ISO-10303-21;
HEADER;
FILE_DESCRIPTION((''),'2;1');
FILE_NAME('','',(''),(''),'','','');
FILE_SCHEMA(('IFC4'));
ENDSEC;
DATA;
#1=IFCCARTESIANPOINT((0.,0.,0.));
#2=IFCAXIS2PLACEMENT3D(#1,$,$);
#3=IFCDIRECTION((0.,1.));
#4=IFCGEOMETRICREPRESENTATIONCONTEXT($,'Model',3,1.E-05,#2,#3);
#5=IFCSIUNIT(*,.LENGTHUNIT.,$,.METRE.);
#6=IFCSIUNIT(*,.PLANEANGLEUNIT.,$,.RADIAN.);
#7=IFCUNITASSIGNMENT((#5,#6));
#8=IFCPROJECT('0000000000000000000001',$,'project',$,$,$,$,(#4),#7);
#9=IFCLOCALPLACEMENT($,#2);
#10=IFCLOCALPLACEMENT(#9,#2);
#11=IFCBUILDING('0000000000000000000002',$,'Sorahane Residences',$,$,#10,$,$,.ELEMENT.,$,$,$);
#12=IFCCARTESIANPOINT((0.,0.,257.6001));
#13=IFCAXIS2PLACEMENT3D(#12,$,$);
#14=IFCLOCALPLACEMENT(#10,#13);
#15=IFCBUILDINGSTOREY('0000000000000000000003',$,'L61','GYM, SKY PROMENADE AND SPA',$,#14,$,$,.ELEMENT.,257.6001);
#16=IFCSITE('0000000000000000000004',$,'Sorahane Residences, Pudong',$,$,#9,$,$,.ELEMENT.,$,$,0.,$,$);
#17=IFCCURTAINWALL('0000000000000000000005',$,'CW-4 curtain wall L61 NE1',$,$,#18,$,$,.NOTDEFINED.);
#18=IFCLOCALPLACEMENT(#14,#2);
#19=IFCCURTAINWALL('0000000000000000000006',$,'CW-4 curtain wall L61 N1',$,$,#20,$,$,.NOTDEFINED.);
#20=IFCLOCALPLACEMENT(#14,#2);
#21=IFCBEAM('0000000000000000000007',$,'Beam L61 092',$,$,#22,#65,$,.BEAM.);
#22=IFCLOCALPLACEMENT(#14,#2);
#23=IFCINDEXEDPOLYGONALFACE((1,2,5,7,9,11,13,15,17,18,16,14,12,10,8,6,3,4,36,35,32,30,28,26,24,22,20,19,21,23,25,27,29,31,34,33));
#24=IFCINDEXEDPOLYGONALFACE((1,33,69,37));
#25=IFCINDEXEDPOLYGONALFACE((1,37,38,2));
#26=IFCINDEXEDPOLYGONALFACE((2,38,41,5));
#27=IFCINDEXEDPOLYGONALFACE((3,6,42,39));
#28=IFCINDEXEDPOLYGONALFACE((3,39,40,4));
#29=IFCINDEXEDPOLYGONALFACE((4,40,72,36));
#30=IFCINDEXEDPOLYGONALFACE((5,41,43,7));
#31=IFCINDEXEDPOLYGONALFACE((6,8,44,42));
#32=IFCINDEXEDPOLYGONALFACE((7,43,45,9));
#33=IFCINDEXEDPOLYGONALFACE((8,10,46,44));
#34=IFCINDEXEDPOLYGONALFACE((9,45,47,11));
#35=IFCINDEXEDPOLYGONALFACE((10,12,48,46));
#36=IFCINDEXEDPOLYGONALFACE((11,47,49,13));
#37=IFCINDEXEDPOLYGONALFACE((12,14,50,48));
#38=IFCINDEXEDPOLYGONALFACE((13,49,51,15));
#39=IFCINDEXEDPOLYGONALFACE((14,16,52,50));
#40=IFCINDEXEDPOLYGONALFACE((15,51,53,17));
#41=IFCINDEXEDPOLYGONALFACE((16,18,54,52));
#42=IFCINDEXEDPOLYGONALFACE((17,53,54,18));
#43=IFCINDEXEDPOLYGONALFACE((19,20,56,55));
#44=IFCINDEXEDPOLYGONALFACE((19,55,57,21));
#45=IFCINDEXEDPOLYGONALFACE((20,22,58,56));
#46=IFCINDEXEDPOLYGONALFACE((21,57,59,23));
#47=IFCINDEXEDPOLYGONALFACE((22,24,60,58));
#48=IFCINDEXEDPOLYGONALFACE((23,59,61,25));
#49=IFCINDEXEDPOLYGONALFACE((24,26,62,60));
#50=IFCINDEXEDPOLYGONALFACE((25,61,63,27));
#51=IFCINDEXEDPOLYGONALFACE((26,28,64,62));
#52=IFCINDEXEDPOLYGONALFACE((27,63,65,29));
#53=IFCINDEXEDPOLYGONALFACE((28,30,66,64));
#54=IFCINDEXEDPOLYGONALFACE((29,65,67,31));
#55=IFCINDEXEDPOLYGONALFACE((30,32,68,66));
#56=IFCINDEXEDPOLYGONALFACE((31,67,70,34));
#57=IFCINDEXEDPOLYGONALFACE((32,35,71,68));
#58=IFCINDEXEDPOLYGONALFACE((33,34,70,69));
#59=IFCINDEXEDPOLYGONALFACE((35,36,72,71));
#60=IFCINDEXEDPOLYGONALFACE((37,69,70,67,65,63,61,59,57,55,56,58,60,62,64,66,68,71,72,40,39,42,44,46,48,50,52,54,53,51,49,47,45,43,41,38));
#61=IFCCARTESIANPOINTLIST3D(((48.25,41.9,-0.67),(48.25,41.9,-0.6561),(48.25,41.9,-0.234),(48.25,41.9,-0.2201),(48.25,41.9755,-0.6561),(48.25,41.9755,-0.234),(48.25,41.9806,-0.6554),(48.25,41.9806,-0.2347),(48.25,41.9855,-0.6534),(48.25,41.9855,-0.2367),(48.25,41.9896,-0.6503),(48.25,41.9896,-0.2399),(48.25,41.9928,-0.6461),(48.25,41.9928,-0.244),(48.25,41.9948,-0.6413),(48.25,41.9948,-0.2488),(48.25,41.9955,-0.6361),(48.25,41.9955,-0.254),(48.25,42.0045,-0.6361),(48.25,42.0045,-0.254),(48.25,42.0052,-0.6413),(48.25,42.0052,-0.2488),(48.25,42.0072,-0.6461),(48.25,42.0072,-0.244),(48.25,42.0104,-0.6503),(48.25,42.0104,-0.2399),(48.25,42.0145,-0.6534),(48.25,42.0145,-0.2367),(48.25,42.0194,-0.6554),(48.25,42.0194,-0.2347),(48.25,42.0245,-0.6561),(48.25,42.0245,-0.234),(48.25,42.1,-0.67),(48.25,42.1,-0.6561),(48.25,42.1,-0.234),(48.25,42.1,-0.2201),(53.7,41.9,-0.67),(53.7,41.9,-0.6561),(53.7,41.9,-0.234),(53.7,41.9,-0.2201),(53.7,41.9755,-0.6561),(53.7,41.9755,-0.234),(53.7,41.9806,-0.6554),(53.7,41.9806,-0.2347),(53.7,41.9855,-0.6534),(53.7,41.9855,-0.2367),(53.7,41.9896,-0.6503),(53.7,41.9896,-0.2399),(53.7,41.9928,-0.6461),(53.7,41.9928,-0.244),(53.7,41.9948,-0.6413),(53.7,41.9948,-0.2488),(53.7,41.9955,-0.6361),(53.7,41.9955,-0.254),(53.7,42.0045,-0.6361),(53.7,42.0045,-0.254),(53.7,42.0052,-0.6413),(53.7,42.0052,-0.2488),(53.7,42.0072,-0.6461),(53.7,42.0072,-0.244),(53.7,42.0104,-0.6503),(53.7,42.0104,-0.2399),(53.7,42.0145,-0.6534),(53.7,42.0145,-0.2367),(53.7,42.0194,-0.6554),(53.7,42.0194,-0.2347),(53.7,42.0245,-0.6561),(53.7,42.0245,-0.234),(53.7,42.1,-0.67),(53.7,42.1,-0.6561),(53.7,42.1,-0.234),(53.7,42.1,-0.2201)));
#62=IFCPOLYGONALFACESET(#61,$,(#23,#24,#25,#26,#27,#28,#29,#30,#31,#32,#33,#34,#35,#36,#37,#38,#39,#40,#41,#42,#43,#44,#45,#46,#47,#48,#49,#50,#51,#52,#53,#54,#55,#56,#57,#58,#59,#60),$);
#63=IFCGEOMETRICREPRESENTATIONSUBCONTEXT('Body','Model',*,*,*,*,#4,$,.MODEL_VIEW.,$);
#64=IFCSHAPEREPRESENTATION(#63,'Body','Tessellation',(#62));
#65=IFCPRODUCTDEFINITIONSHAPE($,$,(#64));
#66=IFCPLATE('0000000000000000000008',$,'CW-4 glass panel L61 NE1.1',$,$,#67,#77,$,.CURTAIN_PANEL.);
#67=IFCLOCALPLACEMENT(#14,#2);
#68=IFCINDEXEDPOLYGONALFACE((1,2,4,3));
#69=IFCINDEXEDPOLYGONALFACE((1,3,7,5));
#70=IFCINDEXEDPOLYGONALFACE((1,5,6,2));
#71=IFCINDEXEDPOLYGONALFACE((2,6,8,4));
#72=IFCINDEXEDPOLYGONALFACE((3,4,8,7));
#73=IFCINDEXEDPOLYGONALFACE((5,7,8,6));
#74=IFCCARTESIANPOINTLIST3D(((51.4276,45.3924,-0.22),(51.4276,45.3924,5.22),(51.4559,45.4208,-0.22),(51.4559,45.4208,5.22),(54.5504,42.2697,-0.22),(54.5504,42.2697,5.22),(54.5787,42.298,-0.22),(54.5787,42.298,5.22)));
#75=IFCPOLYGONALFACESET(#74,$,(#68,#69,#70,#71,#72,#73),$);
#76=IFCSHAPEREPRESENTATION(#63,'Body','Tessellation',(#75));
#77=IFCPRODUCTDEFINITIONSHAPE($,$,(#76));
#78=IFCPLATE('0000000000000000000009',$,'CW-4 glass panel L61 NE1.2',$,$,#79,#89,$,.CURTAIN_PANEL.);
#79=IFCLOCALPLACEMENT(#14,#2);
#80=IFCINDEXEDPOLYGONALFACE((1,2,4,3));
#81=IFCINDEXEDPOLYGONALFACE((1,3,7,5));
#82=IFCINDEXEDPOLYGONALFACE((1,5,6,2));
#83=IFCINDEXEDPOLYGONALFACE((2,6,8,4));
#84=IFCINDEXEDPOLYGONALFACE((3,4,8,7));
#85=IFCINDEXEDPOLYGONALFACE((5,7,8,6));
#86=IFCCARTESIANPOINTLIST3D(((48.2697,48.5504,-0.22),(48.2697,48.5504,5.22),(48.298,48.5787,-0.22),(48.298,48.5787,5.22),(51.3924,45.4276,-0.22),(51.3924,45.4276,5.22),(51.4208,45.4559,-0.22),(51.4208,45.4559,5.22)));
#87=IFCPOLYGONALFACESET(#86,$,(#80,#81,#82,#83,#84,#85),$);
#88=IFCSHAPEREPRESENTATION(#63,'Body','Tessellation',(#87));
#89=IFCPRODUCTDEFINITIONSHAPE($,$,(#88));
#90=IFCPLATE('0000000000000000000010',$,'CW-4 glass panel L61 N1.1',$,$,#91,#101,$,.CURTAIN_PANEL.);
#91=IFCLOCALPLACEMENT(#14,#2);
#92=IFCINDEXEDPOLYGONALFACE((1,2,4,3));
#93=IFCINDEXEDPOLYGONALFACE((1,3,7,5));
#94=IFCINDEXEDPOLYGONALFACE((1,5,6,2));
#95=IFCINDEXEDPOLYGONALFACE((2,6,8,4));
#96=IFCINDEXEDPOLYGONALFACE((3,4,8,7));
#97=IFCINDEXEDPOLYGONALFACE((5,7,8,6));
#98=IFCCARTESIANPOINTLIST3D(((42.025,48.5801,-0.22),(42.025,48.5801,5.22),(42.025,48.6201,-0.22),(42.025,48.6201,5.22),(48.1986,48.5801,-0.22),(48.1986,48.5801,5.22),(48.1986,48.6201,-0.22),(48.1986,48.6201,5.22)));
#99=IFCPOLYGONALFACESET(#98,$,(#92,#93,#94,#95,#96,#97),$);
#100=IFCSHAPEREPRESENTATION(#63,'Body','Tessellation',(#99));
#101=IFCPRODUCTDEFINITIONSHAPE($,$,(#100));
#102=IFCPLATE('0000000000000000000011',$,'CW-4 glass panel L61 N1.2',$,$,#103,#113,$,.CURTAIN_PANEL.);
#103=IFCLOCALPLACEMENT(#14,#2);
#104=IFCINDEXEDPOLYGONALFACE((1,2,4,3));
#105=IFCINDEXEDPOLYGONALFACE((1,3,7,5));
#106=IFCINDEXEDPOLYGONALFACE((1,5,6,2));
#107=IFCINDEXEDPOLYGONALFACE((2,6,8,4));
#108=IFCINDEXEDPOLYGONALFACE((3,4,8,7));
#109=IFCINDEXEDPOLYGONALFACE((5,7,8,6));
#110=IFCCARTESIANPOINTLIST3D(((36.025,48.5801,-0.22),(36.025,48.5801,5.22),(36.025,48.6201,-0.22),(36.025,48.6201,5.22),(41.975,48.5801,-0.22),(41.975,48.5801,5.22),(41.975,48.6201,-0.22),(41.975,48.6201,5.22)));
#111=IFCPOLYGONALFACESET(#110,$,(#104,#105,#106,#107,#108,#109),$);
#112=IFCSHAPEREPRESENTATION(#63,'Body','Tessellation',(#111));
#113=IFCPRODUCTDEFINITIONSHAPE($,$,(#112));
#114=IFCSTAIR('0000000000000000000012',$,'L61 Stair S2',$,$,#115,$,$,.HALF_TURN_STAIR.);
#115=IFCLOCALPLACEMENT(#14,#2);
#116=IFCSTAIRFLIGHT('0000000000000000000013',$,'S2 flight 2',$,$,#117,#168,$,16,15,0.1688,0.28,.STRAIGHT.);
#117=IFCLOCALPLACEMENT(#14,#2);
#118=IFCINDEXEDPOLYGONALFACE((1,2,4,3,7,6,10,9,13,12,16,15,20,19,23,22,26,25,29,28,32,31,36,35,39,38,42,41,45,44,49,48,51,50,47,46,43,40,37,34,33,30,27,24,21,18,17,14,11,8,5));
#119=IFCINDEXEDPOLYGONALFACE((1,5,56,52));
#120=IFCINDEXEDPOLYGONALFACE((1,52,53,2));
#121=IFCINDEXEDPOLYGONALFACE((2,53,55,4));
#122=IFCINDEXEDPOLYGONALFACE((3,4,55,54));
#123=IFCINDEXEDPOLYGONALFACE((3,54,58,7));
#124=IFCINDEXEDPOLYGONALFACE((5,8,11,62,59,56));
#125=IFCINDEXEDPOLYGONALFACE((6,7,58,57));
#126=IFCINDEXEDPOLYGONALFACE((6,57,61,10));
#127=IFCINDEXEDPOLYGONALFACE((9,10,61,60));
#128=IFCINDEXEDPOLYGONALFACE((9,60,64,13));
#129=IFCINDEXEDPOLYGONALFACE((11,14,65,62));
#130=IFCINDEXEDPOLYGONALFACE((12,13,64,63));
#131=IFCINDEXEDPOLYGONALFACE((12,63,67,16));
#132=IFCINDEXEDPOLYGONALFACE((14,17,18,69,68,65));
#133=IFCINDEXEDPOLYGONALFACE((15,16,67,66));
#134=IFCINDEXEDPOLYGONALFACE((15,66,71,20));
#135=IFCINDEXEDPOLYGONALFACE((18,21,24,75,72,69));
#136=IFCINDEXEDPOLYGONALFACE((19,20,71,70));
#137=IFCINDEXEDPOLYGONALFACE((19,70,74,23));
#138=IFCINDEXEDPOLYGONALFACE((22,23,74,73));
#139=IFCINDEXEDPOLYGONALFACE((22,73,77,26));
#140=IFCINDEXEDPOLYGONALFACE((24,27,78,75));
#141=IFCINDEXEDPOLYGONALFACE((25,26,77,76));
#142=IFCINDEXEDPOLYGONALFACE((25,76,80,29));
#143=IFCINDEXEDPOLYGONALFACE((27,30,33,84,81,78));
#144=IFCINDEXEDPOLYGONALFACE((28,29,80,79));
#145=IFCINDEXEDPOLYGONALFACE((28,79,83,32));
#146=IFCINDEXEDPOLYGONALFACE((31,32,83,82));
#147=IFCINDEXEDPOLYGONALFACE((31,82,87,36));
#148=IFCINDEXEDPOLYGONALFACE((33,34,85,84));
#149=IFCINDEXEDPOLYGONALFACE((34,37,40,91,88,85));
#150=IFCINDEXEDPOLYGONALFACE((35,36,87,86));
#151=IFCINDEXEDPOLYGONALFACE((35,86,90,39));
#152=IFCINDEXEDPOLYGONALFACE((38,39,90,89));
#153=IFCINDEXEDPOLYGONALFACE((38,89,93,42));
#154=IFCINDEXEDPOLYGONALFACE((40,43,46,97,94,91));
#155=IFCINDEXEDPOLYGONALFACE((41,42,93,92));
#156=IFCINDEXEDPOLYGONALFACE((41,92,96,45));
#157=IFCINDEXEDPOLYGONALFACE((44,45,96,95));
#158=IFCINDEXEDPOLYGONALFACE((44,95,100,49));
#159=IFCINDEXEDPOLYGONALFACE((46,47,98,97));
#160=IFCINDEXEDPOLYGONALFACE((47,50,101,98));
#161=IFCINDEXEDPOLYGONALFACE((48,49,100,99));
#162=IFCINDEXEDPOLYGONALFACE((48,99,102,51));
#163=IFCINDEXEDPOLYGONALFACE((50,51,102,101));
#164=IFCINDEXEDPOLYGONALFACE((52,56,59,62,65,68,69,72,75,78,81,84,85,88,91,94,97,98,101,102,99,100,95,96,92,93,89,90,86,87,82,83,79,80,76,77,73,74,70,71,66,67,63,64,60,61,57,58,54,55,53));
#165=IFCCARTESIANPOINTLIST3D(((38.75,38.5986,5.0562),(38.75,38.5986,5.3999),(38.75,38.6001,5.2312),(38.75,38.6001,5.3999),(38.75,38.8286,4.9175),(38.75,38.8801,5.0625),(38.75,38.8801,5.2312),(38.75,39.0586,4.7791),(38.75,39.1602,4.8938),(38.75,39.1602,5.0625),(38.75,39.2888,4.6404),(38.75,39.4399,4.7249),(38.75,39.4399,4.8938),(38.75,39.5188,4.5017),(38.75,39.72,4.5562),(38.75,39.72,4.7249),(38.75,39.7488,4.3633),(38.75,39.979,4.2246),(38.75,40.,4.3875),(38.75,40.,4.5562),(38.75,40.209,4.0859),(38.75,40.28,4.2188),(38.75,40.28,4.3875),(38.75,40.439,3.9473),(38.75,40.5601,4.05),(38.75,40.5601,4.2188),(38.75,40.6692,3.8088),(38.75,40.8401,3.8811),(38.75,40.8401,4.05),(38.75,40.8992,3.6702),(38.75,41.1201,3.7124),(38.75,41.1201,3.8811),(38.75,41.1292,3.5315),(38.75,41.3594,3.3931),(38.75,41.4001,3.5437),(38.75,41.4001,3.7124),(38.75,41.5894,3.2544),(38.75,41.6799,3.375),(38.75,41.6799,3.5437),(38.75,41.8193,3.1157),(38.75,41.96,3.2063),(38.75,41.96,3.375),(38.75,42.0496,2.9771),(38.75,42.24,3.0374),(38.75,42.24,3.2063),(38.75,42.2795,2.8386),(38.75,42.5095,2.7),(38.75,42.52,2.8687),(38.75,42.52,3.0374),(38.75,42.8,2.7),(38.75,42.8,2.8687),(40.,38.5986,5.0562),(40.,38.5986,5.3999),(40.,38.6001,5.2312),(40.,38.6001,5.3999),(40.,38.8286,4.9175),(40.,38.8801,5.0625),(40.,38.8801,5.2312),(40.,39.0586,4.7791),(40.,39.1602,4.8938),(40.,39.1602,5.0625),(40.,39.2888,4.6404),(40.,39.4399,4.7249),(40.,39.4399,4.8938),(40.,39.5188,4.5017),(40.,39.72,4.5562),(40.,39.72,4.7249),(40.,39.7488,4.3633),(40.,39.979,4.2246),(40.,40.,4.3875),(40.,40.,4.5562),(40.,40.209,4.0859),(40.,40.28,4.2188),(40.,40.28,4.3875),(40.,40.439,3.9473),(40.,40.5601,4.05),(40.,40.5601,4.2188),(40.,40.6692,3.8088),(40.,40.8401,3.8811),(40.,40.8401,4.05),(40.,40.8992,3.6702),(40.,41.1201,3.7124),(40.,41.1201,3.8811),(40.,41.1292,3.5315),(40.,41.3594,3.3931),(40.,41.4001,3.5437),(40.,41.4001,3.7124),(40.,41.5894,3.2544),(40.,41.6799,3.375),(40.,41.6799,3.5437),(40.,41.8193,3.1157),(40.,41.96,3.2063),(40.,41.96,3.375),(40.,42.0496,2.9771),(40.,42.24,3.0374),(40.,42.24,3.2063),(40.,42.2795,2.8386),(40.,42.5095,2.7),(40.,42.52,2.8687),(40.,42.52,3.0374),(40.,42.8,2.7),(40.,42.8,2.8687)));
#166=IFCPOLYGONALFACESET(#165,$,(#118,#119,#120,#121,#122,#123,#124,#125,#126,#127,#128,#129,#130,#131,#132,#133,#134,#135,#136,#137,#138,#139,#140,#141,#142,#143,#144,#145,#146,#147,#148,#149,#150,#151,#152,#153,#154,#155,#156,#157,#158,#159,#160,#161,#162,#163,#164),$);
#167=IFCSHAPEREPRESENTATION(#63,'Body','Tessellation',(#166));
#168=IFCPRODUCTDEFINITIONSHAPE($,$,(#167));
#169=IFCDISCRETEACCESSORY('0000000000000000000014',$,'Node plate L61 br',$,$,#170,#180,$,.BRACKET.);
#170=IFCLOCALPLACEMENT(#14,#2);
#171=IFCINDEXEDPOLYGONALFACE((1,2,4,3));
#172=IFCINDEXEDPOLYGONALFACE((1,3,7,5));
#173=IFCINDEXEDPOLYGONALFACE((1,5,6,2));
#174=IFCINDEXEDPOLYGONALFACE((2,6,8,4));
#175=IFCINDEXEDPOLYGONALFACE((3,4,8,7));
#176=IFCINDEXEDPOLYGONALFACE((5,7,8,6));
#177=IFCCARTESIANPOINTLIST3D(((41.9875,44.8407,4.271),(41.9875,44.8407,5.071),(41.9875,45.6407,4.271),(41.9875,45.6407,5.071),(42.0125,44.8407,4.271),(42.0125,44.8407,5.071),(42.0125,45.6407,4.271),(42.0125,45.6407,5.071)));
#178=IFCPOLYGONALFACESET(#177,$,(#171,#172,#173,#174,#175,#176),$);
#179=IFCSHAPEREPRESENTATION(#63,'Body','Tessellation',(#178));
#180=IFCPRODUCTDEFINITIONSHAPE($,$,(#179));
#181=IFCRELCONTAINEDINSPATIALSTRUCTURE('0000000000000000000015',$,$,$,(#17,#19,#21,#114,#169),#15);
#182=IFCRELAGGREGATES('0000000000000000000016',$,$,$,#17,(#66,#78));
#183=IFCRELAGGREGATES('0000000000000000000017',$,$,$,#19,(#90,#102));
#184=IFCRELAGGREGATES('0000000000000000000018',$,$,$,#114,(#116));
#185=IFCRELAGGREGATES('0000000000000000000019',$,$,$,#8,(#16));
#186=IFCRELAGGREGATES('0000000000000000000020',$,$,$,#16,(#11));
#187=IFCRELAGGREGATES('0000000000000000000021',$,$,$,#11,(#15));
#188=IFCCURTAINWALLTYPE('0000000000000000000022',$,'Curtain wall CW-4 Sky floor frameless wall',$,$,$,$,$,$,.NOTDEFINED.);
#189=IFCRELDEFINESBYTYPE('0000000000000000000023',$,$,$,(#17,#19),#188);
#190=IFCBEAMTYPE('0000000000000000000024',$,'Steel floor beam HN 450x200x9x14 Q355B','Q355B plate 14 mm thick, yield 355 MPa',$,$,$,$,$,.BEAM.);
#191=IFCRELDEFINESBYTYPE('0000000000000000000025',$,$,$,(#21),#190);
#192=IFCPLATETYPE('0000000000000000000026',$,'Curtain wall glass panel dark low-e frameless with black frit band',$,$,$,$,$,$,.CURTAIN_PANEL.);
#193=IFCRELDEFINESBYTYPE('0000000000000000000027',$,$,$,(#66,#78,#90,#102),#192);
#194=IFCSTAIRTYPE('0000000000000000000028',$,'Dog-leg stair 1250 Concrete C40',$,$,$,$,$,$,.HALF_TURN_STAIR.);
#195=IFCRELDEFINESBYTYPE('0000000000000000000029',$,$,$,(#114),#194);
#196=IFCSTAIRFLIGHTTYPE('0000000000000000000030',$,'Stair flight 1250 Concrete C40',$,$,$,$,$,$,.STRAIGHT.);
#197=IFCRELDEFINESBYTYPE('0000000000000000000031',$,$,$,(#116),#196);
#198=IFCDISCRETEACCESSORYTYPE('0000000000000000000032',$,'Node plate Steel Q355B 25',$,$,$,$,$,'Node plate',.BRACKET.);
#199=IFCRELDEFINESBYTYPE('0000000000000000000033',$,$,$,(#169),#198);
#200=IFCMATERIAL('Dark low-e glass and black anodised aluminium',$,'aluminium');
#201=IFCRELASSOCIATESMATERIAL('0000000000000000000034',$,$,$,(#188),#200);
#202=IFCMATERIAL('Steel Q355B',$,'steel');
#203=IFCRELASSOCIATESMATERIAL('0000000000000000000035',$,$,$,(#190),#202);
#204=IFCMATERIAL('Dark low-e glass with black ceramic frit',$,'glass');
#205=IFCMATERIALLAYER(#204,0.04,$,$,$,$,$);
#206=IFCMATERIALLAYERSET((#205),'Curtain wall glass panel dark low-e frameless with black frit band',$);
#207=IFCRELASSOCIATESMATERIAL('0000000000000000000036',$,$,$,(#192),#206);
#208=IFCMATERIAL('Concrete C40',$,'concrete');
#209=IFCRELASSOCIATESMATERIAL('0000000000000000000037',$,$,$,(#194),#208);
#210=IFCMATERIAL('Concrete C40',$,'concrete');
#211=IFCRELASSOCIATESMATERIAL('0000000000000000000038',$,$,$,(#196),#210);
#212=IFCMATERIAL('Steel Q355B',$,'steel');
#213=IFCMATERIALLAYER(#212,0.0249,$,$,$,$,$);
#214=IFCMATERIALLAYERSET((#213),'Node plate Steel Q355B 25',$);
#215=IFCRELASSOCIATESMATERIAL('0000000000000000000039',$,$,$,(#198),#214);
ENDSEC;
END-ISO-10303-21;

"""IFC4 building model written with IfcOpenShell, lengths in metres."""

from ifc_helpers import new_model, si_unit, direction, frame, origin, origin_2d, place, context, subcontext, project, spatial, polyline, rectangle, i_section, outline, extrude, material, layer, layer_set, material_profile, profile_set, type_object, element, aggregate, save


model = new_model("IFC4")

# Units and contexts
model_context = context("Model", 3, precision=1e-05, world=origin(), true_north=direction((0.0, 1.0)))
body_context = subcontext(model_context, "Body", "Model", "MODEL_VIEW")
ifc_project = project(units=[si_unit("LENGTHUNIT", "METRE"), si_unit("PLANEANGLEUNIT", "RADIAN")], contexts=[model_context])

# Site, building, storey
site_placement = place(None, origin())
site = spatial("IfcSite", under=ifc_project, at=site_placement, Name="Sorahane Residences, Pudong", CompositionType="ELEMENT", RefElevation=0.0)
building_placement = place(site_placement, origin())
building = spatial("IfcBuilding", under=site, at=building_placement, Name="Sorahane Residences", CompositionType="ELEMENT")
storey_placement = place(building_placement, frame((0.0, 0.0, 257.6001)))
storey = spatial("IfcBuildingStorey", under=building, at=storey_placement, Name="L61", Description="GYM, SKY PROMENADE AND SPA", CompositionType="ELEMENT", Elevation=257.6001)

# Shared definitions
ifc_material_1 = material(Name="Dark low-e glass and black anodised aluminium", Category="aluminium")
curtain_wall_type = type_object("IfcCurtainWallType", Name="Curtain wall CW-4 Sky floor frameless wall", PredefinedType="NOTDEFINED", material=ifc_material_1)

# Curtain wall
curtain_wall_1_placement = place(storey_placement, origin())
curtain_wall_1 = element("IfcCurtainWall", 1, at=curtain_wall_1_placement, inside=storey, type_object=curtain_wall_type, Name="CW-4 curtain wall L61 NE1", PredefinedType="NOTDEFINED")

# Curtain wall
curtain_wall_2_placement = place(storey_placement, origin())
curtain_wall_2 = element("IfcCurtainWall", 2, at=curtain_wall_2_placement, inside=storey, type_object=curtain_wall_type, Name="CW-4 curtain wall L61 N1", PredefinedType="NOTDEFINED")

# Beam
ifc_material_2 = material(Name="Steel Q355B", Category="steel")
ifc_material_profile_1 = material_profile(ifc_material_2, i_section(OverallWidth=0.2, OverallDepth=0.45, WebThickness=0.009, FlangeThickness=0.0139, FilletRadius=0.02, at=origin_2d()), Name="HN 450x200x9x14")
ifc_profile_set_1 = profile_set([ifc_material_profile_1], Name="Steel Q355B")
beam_type = type_object("IfcBeamType", Name="Steel floor beam HN 450x200x9x14 Q355B", Description="Q355B plate 14 mm thick, yield 355 MPa", PredefinedType="BEAM", material=ifc_profile_set_1)
beam_1_placement = place(storey_placement, frame((48.25, 42.0, -0.4451), z_axis=(1.0, 0.0, 0.0), x_axis=(0.0, 1.0, 0.0)))
element("IfcBeam", 3, at=beam_1_placement, inside=storey, type_object=beam_type, Name="Beam L61 092", PredefinedType="BEAM", context=body_context, shape_type="SweptSolid", body=[
    extrude(i_section(OverallWidth=0.2, OverallDepth=0.45, WebThickness=0.009, FlangeThickness=0.0139, FilletRadius=0.02, at=origin_2d()), origin(), (0.0, 0.0, 1.0), 5.45),
])

# Plates
ifc_material_3 = material(Name="Dark low-e glass with black ceramic frit", Category="glass")
ifc_layer_1 = layer(ifc_material_3, 0.04)
ifc_layer_set_1 = layer_set([ifc_layer_1], Name="Curtain wall glass panel dark low-e frameless with black frit band")
plate_type = type_object("IfcPlateType", Name="Curtain wall glass panel dark low-e frameless with black frit band", PredefinedType="CURTAIN_PANEL", material=ifc_layer_set_1)
plate_1_placement = place(storey_placement, frame((53.0032, 43.8452, -0.22), z_axis=(0.0, 0.0, 1.0), x_axis=(-0.707107, 0.707107, 0.0)))
plate_1 = element("IfcPlate", 4, at=plate_1_placement, type_object=plate_type, Name="CW-4 glass panel L61 NE1.1", PredefinedType="CURTAIN_PANEL", context=body_context, shape_type="SweptSolid", body=[
    extrude(rectangle(XDim=4.4163, YDim=0.04, at=origin_2d()), origin(), (0.0, 0.0, 1.0), 5.4399),
])
plate_2_placement = place(storey_placement, frame((49.8452, 47.0032, -0.22), z_axis=(0.0, 0.0, 1.0), x_axis=(-0.707107, 0.707107, 0.0)))
plate_2 = element("IfcPlate", 5, at=plate_2_placement, type_object=plate_type, Name="CW-4 glass panel L61 NE1.2", PredefinedType="CURTAIN_PANEL", context=body_context, shape_type="SweptSolid", body=[
    extrude(rectangle(XDim=4.4163, YDim=0.04, at=origin_2d()), origin(), (0.0, 0.0, 1.0), 5.4399),
])
aggregate(curtain_wall_1, [plate_1, plate_2])
plate_3_placement = place(storey_placement, frame((45.1118, 48.6001, -0.22), z_axis=(0.0, 0.0, 1.0), x_axis=(-1.0, 0.0, 0.0)))
plate_3 = element("IfcPlate", 6, at=plate_3_placement, type_object=plate_type, Name="CW-4 glass panel L61 N1.1", PredefinedType="CURTAIN_PANEL", context=body_context, shape_type="SweptSolid", body=[
    extrude(rectangle(XDim=6.1736, YDim=0.04, at=origin_2d()), origin(), (0.0, 0.0, 1.0), 5.4399),
])
plate_4_placement = place(storey_placement, frame((39.0, 48.6001, -0.22), z_axis=(0.0, 0.0, 1.0), x_axis=(-1.0, 0.0, 0.0)))
plate_4 = element("IfcPlate", 7, at=plate_4_placement, type_object=plate_type, Name="CW-4 glass panel L61 N1.2", PredefinedType="CURTAIN_PANEL", context=body_context, shape_type="SweptSolid", body=[
    extrude(rectangle(XDim=5.95, YDim=0.04, at=origin_2d()), origin(), (0.0, 0.0, 1.0), 5.4399),
])
aggregate(curtain_wall_2, [plate_3, plate_4])

# Stair, stair flight
ifc_material_4 = material(Name="Concrete C40", Category="concrete")
stair_type = type_object("IfcStairType", Name="Dog-leg stair 1250 Concrete C40", PredefinedType="HALF_TURN_STAIR", material=ifc_material_4)
stair_placement = place(storey_placement, origin())
stair = element("IfcStair", 8, at=stair_placement, inside=storey, type_object=stair_type, Name="L61 Stair S2", PredefinedType="HALF_TURN_STAIR")
ifc_material_5 = material(Name="Concrete C40", Category="concrete")
stair_flight_type = type_object("IfcStairFlightType", Name="Stair flight 1250 Concrete C40", PredefinedType="STRAIGHT", material=ifc_material_5)
stair_flight_placement = place(storey_placement, frame((39.375, 42.8, 2.7), z_axis=(0.0, 0.0, 1.0), x_axis=(0.0, -1.0, 0.0)))
stair_flight = element("IfcStairFlight", 9, at=stair_flight_placement, type_object=stair_flight_type, Name="S2 flight 2", NumberOfRisers=16, NumberOfTreads=15, PredefinedType="STRAIGHT", RiserHeight=0.1688, TreadLength=0.28, context=body_context, shape_type="SweptSolid", body=[
    extrude(outline(polyline([(0.0, 0.0), (0.0, 0.1687), (0.28, 0.1687), (0.28, 0.3374), (0.5601, 0.3374), (0.5601, 0.5063), (0.8401, 0.5063), (0.8401, 0.675), (1.1201, 0.675), (1.1201, 0.8438), (1.3999, 0.8438), (1.3999, 1.0125), (1.6799, 1.0125), (1.6799, 1.1812), (1.96, 1.1812), (1.96, 1.3501), (2.24, 1.3501), (2.24, 1.5188), (2.52, 1.5188), (2.52, 1.6875), (2.8, 1.6875), (2.8, 1.8562), (3.0801, 1.8562), (3.0801, 2.0249), (3.3601, 2.0249), (3.3601, 2.1938), (3.6399, 2.1938), (3.6399, 2.3625), (3.9199, 2.3625), (3.9199, 2.5312), (4.2, 2.5312), (4.2, 2.7), (4.2014, 2.7), (4.2014, 2.3562), (3.9714, 2.2175), (3.7415, 2.0791), (3.5112, 1.9404), (3.2812, 1.8018), (3.0513, 1.6633), (2.821, 1.5247), (2.5911, 1.386), (2.3611, 1.2473), (2.1309, 1.1089), (1.9009, 0.9702), (1.6709, 0.8315), (1.4407, 0.6931), (1.2107, 0.5544), (0.9807, 0.4158), (0.7505, 0.2771), (0.5205, 0.1387), (0.2905, 0.0), (0.0, 0.0)])), frame((0.0, 0.625, 0.0), z_axis=(0.0, -1.0, 0.0), x_axis=(1.0, 0.0, 0.0)), (0.0, 0.0, 1.0), 1.25),
])
aggregate(stair, [stair_flight])

# Discrete accessory
ifc_material_6 = material(Name="Steel Q355B", Category="steel")
ifc_layer_2 = layer(ifc_material_6, 0.0249)
ifc_layer_set_2 = layer_set([ifc_layer_2], Name="Node plate Steel Q355B 25")
discrete_accessory_type = type_object("IfcDiscreteAccessoryType", Name="Node plate Steel Q355B 25", ElementType="Node plate", PredefinedType="BRACKET", material=ifc_layer_set_2)
for number, where, z_axis, x_axis, name in (
    (10, (42.0, 45.2407, 4.271), (0.0, 0.0, 1.0), (0.0, 1.0, 0.0), "Node plate L61 br"),
):
    element("IfcDiscreteAccessory", number, at=place(storey_placement, frame(where, z_axis=z_axis, x_axis=x_axis)), inside=storey, type_object=discrete_accessory_type, Name=name, PredefinedType="BRACKET", context=body_context, shape_type="SweptSolid", body=[
        extrude(rectangle(XDim=0.8, YDim=0.0249, at=origin_2d()), origin(), (0.0, 0.0, 1.0), 0.8),
    ])

save(model, "model.ifc")
